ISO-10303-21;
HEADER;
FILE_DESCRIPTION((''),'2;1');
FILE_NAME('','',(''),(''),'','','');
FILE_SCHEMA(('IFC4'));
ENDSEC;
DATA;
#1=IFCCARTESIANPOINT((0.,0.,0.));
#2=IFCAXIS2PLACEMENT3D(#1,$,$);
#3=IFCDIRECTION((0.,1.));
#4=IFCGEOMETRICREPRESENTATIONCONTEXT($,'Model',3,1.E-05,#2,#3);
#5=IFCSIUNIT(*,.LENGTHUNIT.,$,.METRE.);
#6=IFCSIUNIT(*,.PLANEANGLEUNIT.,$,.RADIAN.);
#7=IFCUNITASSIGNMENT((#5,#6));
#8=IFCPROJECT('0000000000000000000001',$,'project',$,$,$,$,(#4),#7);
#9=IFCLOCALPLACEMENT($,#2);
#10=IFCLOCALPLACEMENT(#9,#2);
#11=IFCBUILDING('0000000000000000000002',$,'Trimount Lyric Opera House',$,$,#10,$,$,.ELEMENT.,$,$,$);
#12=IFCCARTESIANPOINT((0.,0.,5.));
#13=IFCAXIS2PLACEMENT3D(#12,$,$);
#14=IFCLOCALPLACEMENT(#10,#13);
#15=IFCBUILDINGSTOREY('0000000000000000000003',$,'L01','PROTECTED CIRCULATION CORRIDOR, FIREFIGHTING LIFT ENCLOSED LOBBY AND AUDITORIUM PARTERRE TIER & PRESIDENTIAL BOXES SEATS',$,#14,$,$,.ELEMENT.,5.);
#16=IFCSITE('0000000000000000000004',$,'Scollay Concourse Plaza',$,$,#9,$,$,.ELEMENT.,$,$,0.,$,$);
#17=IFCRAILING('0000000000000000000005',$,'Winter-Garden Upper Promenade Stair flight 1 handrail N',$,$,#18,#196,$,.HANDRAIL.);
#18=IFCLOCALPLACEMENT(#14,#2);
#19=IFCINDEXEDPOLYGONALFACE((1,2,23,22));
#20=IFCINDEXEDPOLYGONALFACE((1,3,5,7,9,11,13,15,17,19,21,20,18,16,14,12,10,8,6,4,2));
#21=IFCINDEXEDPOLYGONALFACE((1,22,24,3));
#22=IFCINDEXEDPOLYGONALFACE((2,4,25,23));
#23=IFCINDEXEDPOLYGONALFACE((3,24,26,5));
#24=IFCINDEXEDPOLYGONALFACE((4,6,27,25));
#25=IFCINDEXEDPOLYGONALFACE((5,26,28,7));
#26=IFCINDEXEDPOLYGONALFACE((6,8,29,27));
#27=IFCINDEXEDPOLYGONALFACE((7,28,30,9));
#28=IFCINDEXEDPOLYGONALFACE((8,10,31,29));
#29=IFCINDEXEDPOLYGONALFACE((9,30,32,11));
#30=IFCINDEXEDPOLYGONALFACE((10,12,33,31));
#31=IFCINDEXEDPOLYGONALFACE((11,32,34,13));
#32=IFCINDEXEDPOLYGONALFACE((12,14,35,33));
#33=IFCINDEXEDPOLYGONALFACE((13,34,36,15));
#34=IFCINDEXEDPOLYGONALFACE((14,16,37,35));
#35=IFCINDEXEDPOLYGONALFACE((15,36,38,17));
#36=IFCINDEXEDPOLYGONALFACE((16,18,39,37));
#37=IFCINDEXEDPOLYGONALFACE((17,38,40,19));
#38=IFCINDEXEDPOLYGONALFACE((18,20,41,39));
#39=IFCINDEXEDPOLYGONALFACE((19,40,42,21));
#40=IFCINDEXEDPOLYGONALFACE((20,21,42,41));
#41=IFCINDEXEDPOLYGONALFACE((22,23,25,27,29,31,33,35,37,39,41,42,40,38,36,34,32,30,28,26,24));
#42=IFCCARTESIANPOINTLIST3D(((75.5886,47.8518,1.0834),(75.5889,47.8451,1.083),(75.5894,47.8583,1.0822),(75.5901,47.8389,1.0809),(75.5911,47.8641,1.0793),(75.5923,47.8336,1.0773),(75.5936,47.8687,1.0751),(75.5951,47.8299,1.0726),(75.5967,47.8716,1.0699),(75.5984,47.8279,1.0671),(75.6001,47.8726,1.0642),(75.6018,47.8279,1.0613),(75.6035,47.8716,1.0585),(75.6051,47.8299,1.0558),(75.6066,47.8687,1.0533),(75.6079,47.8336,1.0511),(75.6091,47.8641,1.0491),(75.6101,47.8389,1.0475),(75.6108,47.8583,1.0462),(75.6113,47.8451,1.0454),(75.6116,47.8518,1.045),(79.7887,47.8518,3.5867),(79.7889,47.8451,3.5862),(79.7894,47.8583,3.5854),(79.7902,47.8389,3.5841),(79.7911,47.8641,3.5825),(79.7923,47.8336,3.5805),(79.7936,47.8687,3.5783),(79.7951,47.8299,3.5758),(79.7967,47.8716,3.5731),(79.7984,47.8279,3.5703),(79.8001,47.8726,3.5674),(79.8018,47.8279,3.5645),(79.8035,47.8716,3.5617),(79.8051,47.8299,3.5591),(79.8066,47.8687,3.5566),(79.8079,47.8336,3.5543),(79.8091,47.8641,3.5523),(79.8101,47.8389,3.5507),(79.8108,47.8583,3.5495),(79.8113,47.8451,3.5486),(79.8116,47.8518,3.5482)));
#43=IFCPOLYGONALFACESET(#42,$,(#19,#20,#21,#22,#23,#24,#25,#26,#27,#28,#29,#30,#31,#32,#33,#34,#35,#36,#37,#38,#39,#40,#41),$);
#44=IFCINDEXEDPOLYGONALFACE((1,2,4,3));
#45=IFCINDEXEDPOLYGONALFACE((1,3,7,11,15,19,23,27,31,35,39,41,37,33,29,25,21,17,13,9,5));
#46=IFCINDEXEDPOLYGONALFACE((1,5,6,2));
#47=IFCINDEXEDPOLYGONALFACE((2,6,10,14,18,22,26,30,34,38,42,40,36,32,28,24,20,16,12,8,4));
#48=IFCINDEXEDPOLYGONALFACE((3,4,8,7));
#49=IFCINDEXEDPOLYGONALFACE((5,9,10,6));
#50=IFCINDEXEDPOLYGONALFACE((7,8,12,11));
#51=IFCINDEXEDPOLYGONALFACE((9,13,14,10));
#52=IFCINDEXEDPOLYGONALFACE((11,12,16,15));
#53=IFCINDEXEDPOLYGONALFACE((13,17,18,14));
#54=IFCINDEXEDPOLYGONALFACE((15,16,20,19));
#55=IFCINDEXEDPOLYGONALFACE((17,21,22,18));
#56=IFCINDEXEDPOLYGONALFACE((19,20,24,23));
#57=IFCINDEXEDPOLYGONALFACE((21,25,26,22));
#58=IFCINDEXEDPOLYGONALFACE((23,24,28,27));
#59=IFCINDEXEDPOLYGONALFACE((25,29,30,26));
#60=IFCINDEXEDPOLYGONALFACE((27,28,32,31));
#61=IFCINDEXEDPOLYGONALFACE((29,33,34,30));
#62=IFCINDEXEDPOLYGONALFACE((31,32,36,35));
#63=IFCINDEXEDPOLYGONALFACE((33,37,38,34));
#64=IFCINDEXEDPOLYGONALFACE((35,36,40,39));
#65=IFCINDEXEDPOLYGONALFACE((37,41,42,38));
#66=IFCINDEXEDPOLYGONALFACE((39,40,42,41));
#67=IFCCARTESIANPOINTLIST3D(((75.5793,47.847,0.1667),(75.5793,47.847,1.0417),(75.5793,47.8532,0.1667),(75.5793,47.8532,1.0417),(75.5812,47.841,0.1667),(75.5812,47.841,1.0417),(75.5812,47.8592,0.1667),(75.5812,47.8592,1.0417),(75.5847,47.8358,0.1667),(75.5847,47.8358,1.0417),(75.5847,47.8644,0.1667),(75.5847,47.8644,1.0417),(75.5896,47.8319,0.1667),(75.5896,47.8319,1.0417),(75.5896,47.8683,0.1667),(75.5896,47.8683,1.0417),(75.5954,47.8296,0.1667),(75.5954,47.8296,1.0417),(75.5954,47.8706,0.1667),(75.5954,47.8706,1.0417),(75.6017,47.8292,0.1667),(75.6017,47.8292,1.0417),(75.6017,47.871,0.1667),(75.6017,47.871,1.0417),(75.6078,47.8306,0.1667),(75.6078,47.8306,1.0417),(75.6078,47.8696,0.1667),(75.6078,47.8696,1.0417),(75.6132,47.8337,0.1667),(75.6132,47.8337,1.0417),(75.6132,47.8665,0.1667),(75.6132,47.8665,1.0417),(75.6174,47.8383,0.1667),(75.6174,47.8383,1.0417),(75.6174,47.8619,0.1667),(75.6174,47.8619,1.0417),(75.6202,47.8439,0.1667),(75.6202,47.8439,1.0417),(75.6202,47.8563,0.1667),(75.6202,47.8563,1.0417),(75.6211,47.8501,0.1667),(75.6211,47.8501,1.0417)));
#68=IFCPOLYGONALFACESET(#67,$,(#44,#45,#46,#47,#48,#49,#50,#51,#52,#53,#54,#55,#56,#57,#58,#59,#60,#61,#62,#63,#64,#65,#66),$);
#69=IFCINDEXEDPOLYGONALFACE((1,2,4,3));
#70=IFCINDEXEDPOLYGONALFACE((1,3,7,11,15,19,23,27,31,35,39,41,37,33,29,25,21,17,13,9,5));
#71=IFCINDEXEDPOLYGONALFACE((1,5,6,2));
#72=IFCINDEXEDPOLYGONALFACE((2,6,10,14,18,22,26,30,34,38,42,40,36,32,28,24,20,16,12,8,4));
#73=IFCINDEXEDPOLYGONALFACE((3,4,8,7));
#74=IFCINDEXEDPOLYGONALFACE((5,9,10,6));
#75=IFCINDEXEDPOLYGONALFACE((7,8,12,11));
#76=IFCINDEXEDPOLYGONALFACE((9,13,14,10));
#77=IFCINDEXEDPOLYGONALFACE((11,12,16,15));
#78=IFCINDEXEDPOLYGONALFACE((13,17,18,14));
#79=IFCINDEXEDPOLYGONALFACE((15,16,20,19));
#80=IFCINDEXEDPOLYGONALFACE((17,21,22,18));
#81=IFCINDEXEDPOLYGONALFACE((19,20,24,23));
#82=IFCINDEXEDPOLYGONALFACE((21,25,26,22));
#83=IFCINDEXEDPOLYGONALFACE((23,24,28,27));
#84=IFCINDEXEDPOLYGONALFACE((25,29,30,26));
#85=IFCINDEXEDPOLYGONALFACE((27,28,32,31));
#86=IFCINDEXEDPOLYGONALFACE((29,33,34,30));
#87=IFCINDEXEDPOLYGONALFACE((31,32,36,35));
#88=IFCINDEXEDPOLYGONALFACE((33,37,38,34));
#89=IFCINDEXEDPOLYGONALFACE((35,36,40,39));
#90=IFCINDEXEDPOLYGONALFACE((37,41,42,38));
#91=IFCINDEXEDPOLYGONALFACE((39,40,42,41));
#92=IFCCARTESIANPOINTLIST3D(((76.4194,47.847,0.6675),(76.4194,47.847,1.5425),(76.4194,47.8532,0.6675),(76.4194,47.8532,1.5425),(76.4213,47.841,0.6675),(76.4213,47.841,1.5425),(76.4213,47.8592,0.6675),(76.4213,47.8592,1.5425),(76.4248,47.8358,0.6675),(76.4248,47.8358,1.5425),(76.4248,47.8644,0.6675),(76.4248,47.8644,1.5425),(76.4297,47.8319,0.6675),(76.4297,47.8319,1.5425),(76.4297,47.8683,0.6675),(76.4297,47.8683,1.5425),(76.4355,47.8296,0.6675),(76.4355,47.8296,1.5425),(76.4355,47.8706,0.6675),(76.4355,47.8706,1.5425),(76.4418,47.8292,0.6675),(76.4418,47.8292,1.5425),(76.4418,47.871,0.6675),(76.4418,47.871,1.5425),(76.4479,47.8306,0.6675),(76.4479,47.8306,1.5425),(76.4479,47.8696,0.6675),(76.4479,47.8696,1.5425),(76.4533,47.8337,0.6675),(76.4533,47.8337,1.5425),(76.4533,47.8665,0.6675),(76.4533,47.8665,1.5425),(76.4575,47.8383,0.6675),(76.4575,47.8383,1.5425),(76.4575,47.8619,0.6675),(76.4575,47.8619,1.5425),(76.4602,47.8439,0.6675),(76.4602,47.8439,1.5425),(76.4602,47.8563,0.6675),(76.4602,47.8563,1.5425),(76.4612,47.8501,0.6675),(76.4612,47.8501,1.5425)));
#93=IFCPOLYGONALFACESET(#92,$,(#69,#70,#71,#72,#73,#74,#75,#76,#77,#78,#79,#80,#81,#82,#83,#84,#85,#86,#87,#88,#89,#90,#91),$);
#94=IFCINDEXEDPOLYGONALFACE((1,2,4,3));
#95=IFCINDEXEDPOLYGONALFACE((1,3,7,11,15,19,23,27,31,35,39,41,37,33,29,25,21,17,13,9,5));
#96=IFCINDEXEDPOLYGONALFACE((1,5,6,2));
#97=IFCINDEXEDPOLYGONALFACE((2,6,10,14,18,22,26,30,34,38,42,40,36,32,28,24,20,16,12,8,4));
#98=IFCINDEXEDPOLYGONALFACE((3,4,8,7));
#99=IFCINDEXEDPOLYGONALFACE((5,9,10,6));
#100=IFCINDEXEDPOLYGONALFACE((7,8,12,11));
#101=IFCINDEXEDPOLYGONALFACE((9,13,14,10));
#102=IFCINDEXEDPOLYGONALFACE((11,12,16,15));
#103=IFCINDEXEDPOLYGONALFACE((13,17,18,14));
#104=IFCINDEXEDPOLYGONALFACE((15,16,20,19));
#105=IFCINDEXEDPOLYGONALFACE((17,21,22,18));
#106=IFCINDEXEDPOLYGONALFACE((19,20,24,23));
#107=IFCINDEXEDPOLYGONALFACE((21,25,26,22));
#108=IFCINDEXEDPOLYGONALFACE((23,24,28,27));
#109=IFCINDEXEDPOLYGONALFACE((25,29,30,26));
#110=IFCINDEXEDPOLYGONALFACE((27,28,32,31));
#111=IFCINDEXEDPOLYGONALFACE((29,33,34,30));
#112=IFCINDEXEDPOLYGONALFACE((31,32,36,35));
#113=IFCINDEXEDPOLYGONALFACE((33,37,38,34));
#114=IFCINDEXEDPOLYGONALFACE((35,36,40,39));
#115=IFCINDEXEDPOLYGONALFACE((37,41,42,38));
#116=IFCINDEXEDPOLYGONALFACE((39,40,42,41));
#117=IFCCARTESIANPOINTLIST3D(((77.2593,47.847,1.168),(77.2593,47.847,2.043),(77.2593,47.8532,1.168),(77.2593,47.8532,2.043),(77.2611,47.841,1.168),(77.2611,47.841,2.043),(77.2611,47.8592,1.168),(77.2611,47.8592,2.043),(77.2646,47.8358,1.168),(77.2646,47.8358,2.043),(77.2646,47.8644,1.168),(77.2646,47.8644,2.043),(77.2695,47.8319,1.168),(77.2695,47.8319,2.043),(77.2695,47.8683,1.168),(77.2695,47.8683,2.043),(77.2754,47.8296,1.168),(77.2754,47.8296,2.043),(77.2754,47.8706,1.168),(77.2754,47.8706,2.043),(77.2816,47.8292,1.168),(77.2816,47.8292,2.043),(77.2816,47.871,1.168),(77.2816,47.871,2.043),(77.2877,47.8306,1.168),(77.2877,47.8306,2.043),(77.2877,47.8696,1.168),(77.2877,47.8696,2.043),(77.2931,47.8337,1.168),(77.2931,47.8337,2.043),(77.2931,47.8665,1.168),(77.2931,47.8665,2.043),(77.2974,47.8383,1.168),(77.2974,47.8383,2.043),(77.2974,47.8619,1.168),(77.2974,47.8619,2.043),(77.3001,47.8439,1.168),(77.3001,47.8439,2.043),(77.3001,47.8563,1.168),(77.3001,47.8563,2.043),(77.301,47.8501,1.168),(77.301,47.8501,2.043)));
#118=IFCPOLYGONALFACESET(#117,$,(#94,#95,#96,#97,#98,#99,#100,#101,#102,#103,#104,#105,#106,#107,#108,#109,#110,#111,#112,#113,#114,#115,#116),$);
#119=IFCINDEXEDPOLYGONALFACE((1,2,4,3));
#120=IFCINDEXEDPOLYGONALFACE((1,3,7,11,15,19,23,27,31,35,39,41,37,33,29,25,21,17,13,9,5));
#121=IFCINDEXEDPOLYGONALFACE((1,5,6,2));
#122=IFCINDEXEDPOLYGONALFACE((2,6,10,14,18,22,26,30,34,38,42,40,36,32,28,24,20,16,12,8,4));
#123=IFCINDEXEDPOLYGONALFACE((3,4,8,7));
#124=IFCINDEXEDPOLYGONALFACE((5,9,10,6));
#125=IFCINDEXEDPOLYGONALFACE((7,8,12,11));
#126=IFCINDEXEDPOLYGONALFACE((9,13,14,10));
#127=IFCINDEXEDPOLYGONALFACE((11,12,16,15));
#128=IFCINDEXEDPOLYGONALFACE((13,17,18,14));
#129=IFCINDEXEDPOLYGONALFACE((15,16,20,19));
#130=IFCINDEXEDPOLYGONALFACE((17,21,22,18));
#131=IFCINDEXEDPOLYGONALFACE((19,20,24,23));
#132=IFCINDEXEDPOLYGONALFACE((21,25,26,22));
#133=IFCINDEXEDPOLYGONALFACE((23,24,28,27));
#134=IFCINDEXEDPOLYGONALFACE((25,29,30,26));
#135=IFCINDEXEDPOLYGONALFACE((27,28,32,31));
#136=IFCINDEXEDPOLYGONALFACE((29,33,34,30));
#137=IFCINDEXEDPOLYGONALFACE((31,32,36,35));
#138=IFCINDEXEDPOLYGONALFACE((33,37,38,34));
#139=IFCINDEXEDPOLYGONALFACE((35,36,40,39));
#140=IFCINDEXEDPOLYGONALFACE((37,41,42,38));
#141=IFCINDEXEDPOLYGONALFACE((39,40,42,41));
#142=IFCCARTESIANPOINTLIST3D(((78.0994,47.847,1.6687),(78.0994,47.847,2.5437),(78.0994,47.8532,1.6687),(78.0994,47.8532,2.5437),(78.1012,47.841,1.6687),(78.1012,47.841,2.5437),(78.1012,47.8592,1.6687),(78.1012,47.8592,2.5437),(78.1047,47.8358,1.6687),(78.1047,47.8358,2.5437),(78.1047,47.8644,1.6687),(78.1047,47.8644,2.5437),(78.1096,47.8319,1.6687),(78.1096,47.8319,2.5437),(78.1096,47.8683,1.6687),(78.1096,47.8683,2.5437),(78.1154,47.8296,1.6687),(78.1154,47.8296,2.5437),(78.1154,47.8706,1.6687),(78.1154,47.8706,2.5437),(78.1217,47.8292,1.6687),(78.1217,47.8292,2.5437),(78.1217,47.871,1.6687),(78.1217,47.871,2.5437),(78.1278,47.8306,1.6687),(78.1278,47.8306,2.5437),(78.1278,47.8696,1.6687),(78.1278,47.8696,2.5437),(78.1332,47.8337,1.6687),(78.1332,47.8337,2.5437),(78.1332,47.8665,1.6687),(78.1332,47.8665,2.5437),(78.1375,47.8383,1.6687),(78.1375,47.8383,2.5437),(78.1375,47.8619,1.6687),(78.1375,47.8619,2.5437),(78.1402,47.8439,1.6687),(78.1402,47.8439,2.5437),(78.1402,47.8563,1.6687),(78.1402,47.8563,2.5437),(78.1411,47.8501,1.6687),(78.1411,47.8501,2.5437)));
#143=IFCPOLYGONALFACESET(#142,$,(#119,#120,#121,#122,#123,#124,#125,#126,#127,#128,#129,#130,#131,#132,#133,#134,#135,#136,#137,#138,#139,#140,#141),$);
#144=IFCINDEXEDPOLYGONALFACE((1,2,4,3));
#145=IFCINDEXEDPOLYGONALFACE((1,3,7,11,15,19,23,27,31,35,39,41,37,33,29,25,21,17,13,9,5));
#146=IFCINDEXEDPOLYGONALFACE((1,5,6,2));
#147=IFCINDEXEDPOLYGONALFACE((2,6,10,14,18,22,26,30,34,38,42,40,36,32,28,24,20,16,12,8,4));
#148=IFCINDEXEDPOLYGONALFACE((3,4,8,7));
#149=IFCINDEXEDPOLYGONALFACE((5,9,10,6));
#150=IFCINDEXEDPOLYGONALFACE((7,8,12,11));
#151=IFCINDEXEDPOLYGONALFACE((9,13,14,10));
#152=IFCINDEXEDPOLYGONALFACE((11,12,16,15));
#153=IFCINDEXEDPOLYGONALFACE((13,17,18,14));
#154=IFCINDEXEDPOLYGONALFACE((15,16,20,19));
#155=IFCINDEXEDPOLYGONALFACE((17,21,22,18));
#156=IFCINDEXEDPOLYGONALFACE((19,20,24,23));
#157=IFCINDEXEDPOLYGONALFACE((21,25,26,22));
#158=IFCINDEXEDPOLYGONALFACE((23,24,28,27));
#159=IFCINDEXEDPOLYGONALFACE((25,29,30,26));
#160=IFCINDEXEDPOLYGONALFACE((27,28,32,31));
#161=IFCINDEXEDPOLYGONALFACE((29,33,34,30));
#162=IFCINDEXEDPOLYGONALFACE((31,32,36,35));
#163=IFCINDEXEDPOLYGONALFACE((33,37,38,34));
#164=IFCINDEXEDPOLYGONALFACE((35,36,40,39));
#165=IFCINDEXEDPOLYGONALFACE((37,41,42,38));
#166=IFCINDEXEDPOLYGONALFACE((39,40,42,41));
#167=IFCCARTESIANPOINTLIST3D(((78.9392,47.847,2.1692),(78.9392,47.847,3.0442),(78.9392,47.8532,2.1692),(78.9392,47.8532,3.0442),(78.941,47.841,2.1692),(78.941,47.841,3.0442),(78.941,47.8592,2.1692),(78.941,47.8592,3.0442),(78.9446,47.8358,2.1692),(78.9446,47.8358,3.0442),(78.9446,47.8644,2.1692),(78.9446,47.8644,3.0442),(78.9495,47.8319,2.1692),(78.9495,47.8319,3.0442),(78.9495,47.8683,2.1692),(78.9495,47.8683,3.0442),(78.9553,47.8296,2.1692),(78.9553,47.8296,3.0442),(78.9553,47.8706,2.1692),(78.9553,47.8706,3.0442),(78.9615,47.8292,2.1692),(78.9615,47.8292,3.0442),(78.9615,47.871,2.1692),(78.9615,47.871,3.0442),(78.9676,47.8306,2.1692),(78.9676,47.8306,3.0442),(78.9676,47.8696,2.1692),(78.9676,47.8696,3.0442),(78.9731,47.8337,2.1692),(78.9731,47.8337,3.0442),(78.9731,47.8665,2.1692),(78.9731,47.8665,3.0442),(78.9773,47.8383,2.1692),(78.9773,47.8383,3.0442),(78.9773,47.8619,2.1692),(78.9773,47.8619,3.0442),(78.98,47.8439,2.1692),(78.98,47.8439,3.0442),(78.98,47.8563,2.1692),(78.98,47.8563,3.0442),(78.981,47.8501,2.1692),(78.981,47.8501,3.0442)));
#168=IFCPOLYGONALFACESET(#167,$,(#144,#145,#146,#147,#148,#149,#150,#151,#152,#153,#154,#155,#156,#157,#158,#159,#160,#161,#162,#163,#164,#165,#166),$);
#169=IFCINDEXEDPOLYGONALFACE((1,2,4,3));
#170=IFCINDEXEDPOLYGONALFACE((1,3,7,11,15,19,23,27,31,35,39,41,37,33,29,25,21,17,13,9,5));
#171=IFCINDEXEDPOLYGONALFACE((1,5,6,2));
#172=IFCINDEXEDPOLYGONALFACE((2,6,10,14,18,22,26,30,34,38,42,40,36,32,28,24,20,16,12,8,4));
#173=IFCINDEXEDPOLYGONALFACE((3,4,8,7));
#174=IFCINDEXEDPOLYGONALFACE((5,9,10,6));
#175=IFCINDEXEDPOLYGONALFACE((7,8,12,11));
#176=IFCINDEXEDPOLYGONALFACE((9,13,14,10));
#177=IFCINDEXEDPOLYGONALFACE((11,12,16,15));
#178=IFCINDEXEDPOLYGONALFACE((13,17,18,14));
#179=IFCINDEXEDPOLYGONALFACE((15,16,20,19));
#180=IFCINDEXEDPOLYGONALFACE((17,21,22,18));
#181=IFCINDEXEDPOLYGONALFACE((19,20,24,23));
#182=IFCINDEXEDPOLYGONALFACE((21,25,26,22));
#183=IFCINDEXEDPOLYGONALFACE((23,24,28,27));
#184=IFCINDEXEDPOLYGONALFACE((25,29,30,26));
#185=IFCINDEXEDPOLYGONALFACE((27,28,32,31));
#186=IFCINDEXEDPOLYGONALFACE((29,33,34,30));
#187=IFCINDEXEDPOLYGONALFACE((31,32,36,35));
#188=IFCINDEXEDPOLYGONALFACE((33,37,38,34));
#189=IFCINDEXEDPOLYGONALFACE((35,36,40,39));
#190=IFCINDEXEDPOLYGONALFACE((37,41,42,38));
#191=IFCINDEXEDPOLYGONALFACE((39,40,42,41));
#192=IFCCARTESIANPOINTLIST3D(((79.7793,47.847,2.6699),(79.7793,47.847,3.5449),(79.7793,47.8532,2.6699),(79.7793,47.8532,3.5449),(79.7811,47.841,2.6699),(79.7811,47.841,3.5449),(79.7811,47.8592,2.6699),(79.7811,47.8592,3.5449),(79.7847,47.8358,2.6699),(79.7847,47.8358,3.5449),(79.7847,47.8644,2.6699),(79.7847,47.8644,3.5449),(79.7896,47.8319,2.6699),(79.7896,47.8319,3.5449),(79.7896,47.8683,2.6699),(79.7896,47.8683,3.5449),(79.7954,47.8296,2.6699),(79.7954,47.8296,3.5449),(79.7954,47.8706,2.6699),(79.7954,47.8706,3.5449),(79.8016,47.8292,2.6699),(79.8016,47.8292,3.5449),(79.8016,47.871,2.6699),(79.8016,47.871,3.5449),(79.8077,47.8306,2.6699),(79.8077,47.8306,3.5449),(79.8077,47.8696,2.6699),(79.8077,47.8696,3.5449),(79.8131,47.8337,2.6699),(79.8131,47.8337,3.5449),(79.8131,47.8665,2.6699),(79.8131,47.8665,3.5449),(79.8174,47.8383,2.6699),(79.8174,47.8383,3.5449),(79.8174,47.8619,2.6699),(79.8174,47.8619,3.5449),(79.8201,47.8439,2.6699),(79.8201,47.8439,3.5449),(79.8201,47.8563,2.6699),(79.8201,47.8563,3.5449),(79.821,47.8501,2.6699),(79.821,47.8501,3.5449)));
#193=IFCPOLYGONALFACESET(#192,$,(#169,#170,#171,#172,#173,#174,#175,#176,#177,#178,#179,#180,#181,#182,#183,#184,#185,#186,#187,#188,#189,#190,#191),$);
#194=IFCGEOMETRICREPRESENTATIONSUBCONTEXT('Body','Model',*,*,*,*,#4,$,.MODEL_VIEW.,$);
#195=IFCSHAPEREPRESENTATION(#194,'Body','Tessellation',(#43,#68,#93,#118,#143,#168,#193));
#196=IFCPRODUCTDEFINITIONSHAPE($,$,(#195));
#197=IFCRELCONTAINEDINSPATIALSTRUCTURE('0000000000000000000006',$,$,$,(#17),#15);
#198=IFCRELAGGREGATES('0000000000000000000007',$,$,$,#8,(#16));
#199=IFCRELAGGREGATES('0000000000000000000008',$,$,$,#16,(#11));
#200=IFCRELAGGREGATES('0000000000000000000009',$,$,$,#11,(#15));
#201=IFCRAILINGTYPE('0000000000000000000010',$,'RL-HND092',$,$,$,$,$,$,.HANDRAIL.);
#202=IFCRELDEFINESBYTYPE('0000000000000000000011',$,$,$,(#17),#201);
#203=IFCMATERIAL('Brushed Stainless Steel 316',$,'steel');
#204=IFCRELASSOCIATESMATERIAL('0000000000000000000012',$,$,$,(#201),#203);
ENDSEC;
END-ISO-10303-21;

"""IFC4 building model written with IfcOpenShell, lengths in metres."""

from ifc_helpers import new_model, si_unit, direction, frame, origin, origin_2d, place, context, subcontext, project, spatial, circle, extrude, material, type_object, element, save


model = new_model("IFC4")

# Units and contexts
model_context = context("Model", 3, precision=1e-05, world=origin(), true_north=direction((0.0, 1.0)))
body_context = subcontext(model_context, "Body", "Model", "MODEL_VIEW")
ifc_project = project(units=[si_unit("LENGTHUNIT", "METRE"), si_unit("PLANEANGLEUNIT", "RADIAN")], contexts=[model_context])

# Site, building, storey
site_placement = place(None, origin())
site = spatial("IfcSite", under=ifc_project, at=site_placement, Name="Scollay Concourse Plaza", CompositionType="ELEMENT", RefElevation=0.0)
building_placement = place(site_placement, origin())
building = spatial("IfcBuilding", under=site, at=building_placement, Name="Trimount Lyric Opera House", CompositionType="ELEMENT")
storey_placement = place(building_placement, frame((0.0, 0.0, 5.0)))
storey = spatial("IfcBuildingStorey", under=building, at=storey_placement, Name="L01", Description="PROTECTED CIRCULATION CORRIDOR, FIREFIGHTING LIFT ENCLOSED LOBBY AND AUDITORIUM PARTERRE TIER & PRESIDENTIAL BOXES SEATS", CompositionType="ELEMENT", Elevation=5.0)

# Railing
ifc_material_1 = material(Name="Brushed Stainless Steel 316", Category="steel")
railing_type_1 = type_object("IfcRailingType", Name="RL-HND092", PredefinedType="HANDRAIL", material=ifc_material_1)
railing_1_placement = place(storey_placement, frame((75.6001, 47.8501, 0.1667)))
element("IfcRailing", 1, at=railing_1_placement, inside=storey, type_object=railing_type_1, Name="Winter-Garden Upper Promenade Stair flight 1 handrail N", PredefinedType="HANDRAIL", context=body_context, shape_type="SweptSolid", body=[
    extrude(circle(Radius=0.0225, at=origin_2d()), frame((0.0, 0.0, 0.8975), z_axis=(0.859005, 0.0, 0.511967), x_axis=(0.0, 1.0, 0.0)), (0.0, 0.0, 1.0), 4.8894),
    extrude(circle(Radius=0.021, at=origin_2d()), origin(), (0.0, 0.0, 1.0), 0.875),
    extrude(circle(Radius=0.021, at=origin_2d()), frame((0.8401, 0.0, 0.5007)), (0.0, 0.0, 1.0), 0.875),
    extrude(circle(Radius=0.021, at=origin_2d()), frame((1.6799, 0.0, 1.0012)), (0.0, 0.0, 1.0), 0.875),
    extrude(circle(Radius=0.021, at=origin_2d()), frame((2.52, 0.0, 1.502)), (0.0, 0.0, 1.0), 0.875),
    extrude(circle(Radius=0.021, at=origin_2d()), frame((3.3599, 0.0, 2.0024)), (0.0, 0.0, 1.0), 0.875),
    extrude(circle(Radius=0.021, at=origin_2d()), frame((4.2, 0.0, 2.5032)), (0.0, 0.0, 1.0), 0.875),
])

save(model, "model.ifc")
